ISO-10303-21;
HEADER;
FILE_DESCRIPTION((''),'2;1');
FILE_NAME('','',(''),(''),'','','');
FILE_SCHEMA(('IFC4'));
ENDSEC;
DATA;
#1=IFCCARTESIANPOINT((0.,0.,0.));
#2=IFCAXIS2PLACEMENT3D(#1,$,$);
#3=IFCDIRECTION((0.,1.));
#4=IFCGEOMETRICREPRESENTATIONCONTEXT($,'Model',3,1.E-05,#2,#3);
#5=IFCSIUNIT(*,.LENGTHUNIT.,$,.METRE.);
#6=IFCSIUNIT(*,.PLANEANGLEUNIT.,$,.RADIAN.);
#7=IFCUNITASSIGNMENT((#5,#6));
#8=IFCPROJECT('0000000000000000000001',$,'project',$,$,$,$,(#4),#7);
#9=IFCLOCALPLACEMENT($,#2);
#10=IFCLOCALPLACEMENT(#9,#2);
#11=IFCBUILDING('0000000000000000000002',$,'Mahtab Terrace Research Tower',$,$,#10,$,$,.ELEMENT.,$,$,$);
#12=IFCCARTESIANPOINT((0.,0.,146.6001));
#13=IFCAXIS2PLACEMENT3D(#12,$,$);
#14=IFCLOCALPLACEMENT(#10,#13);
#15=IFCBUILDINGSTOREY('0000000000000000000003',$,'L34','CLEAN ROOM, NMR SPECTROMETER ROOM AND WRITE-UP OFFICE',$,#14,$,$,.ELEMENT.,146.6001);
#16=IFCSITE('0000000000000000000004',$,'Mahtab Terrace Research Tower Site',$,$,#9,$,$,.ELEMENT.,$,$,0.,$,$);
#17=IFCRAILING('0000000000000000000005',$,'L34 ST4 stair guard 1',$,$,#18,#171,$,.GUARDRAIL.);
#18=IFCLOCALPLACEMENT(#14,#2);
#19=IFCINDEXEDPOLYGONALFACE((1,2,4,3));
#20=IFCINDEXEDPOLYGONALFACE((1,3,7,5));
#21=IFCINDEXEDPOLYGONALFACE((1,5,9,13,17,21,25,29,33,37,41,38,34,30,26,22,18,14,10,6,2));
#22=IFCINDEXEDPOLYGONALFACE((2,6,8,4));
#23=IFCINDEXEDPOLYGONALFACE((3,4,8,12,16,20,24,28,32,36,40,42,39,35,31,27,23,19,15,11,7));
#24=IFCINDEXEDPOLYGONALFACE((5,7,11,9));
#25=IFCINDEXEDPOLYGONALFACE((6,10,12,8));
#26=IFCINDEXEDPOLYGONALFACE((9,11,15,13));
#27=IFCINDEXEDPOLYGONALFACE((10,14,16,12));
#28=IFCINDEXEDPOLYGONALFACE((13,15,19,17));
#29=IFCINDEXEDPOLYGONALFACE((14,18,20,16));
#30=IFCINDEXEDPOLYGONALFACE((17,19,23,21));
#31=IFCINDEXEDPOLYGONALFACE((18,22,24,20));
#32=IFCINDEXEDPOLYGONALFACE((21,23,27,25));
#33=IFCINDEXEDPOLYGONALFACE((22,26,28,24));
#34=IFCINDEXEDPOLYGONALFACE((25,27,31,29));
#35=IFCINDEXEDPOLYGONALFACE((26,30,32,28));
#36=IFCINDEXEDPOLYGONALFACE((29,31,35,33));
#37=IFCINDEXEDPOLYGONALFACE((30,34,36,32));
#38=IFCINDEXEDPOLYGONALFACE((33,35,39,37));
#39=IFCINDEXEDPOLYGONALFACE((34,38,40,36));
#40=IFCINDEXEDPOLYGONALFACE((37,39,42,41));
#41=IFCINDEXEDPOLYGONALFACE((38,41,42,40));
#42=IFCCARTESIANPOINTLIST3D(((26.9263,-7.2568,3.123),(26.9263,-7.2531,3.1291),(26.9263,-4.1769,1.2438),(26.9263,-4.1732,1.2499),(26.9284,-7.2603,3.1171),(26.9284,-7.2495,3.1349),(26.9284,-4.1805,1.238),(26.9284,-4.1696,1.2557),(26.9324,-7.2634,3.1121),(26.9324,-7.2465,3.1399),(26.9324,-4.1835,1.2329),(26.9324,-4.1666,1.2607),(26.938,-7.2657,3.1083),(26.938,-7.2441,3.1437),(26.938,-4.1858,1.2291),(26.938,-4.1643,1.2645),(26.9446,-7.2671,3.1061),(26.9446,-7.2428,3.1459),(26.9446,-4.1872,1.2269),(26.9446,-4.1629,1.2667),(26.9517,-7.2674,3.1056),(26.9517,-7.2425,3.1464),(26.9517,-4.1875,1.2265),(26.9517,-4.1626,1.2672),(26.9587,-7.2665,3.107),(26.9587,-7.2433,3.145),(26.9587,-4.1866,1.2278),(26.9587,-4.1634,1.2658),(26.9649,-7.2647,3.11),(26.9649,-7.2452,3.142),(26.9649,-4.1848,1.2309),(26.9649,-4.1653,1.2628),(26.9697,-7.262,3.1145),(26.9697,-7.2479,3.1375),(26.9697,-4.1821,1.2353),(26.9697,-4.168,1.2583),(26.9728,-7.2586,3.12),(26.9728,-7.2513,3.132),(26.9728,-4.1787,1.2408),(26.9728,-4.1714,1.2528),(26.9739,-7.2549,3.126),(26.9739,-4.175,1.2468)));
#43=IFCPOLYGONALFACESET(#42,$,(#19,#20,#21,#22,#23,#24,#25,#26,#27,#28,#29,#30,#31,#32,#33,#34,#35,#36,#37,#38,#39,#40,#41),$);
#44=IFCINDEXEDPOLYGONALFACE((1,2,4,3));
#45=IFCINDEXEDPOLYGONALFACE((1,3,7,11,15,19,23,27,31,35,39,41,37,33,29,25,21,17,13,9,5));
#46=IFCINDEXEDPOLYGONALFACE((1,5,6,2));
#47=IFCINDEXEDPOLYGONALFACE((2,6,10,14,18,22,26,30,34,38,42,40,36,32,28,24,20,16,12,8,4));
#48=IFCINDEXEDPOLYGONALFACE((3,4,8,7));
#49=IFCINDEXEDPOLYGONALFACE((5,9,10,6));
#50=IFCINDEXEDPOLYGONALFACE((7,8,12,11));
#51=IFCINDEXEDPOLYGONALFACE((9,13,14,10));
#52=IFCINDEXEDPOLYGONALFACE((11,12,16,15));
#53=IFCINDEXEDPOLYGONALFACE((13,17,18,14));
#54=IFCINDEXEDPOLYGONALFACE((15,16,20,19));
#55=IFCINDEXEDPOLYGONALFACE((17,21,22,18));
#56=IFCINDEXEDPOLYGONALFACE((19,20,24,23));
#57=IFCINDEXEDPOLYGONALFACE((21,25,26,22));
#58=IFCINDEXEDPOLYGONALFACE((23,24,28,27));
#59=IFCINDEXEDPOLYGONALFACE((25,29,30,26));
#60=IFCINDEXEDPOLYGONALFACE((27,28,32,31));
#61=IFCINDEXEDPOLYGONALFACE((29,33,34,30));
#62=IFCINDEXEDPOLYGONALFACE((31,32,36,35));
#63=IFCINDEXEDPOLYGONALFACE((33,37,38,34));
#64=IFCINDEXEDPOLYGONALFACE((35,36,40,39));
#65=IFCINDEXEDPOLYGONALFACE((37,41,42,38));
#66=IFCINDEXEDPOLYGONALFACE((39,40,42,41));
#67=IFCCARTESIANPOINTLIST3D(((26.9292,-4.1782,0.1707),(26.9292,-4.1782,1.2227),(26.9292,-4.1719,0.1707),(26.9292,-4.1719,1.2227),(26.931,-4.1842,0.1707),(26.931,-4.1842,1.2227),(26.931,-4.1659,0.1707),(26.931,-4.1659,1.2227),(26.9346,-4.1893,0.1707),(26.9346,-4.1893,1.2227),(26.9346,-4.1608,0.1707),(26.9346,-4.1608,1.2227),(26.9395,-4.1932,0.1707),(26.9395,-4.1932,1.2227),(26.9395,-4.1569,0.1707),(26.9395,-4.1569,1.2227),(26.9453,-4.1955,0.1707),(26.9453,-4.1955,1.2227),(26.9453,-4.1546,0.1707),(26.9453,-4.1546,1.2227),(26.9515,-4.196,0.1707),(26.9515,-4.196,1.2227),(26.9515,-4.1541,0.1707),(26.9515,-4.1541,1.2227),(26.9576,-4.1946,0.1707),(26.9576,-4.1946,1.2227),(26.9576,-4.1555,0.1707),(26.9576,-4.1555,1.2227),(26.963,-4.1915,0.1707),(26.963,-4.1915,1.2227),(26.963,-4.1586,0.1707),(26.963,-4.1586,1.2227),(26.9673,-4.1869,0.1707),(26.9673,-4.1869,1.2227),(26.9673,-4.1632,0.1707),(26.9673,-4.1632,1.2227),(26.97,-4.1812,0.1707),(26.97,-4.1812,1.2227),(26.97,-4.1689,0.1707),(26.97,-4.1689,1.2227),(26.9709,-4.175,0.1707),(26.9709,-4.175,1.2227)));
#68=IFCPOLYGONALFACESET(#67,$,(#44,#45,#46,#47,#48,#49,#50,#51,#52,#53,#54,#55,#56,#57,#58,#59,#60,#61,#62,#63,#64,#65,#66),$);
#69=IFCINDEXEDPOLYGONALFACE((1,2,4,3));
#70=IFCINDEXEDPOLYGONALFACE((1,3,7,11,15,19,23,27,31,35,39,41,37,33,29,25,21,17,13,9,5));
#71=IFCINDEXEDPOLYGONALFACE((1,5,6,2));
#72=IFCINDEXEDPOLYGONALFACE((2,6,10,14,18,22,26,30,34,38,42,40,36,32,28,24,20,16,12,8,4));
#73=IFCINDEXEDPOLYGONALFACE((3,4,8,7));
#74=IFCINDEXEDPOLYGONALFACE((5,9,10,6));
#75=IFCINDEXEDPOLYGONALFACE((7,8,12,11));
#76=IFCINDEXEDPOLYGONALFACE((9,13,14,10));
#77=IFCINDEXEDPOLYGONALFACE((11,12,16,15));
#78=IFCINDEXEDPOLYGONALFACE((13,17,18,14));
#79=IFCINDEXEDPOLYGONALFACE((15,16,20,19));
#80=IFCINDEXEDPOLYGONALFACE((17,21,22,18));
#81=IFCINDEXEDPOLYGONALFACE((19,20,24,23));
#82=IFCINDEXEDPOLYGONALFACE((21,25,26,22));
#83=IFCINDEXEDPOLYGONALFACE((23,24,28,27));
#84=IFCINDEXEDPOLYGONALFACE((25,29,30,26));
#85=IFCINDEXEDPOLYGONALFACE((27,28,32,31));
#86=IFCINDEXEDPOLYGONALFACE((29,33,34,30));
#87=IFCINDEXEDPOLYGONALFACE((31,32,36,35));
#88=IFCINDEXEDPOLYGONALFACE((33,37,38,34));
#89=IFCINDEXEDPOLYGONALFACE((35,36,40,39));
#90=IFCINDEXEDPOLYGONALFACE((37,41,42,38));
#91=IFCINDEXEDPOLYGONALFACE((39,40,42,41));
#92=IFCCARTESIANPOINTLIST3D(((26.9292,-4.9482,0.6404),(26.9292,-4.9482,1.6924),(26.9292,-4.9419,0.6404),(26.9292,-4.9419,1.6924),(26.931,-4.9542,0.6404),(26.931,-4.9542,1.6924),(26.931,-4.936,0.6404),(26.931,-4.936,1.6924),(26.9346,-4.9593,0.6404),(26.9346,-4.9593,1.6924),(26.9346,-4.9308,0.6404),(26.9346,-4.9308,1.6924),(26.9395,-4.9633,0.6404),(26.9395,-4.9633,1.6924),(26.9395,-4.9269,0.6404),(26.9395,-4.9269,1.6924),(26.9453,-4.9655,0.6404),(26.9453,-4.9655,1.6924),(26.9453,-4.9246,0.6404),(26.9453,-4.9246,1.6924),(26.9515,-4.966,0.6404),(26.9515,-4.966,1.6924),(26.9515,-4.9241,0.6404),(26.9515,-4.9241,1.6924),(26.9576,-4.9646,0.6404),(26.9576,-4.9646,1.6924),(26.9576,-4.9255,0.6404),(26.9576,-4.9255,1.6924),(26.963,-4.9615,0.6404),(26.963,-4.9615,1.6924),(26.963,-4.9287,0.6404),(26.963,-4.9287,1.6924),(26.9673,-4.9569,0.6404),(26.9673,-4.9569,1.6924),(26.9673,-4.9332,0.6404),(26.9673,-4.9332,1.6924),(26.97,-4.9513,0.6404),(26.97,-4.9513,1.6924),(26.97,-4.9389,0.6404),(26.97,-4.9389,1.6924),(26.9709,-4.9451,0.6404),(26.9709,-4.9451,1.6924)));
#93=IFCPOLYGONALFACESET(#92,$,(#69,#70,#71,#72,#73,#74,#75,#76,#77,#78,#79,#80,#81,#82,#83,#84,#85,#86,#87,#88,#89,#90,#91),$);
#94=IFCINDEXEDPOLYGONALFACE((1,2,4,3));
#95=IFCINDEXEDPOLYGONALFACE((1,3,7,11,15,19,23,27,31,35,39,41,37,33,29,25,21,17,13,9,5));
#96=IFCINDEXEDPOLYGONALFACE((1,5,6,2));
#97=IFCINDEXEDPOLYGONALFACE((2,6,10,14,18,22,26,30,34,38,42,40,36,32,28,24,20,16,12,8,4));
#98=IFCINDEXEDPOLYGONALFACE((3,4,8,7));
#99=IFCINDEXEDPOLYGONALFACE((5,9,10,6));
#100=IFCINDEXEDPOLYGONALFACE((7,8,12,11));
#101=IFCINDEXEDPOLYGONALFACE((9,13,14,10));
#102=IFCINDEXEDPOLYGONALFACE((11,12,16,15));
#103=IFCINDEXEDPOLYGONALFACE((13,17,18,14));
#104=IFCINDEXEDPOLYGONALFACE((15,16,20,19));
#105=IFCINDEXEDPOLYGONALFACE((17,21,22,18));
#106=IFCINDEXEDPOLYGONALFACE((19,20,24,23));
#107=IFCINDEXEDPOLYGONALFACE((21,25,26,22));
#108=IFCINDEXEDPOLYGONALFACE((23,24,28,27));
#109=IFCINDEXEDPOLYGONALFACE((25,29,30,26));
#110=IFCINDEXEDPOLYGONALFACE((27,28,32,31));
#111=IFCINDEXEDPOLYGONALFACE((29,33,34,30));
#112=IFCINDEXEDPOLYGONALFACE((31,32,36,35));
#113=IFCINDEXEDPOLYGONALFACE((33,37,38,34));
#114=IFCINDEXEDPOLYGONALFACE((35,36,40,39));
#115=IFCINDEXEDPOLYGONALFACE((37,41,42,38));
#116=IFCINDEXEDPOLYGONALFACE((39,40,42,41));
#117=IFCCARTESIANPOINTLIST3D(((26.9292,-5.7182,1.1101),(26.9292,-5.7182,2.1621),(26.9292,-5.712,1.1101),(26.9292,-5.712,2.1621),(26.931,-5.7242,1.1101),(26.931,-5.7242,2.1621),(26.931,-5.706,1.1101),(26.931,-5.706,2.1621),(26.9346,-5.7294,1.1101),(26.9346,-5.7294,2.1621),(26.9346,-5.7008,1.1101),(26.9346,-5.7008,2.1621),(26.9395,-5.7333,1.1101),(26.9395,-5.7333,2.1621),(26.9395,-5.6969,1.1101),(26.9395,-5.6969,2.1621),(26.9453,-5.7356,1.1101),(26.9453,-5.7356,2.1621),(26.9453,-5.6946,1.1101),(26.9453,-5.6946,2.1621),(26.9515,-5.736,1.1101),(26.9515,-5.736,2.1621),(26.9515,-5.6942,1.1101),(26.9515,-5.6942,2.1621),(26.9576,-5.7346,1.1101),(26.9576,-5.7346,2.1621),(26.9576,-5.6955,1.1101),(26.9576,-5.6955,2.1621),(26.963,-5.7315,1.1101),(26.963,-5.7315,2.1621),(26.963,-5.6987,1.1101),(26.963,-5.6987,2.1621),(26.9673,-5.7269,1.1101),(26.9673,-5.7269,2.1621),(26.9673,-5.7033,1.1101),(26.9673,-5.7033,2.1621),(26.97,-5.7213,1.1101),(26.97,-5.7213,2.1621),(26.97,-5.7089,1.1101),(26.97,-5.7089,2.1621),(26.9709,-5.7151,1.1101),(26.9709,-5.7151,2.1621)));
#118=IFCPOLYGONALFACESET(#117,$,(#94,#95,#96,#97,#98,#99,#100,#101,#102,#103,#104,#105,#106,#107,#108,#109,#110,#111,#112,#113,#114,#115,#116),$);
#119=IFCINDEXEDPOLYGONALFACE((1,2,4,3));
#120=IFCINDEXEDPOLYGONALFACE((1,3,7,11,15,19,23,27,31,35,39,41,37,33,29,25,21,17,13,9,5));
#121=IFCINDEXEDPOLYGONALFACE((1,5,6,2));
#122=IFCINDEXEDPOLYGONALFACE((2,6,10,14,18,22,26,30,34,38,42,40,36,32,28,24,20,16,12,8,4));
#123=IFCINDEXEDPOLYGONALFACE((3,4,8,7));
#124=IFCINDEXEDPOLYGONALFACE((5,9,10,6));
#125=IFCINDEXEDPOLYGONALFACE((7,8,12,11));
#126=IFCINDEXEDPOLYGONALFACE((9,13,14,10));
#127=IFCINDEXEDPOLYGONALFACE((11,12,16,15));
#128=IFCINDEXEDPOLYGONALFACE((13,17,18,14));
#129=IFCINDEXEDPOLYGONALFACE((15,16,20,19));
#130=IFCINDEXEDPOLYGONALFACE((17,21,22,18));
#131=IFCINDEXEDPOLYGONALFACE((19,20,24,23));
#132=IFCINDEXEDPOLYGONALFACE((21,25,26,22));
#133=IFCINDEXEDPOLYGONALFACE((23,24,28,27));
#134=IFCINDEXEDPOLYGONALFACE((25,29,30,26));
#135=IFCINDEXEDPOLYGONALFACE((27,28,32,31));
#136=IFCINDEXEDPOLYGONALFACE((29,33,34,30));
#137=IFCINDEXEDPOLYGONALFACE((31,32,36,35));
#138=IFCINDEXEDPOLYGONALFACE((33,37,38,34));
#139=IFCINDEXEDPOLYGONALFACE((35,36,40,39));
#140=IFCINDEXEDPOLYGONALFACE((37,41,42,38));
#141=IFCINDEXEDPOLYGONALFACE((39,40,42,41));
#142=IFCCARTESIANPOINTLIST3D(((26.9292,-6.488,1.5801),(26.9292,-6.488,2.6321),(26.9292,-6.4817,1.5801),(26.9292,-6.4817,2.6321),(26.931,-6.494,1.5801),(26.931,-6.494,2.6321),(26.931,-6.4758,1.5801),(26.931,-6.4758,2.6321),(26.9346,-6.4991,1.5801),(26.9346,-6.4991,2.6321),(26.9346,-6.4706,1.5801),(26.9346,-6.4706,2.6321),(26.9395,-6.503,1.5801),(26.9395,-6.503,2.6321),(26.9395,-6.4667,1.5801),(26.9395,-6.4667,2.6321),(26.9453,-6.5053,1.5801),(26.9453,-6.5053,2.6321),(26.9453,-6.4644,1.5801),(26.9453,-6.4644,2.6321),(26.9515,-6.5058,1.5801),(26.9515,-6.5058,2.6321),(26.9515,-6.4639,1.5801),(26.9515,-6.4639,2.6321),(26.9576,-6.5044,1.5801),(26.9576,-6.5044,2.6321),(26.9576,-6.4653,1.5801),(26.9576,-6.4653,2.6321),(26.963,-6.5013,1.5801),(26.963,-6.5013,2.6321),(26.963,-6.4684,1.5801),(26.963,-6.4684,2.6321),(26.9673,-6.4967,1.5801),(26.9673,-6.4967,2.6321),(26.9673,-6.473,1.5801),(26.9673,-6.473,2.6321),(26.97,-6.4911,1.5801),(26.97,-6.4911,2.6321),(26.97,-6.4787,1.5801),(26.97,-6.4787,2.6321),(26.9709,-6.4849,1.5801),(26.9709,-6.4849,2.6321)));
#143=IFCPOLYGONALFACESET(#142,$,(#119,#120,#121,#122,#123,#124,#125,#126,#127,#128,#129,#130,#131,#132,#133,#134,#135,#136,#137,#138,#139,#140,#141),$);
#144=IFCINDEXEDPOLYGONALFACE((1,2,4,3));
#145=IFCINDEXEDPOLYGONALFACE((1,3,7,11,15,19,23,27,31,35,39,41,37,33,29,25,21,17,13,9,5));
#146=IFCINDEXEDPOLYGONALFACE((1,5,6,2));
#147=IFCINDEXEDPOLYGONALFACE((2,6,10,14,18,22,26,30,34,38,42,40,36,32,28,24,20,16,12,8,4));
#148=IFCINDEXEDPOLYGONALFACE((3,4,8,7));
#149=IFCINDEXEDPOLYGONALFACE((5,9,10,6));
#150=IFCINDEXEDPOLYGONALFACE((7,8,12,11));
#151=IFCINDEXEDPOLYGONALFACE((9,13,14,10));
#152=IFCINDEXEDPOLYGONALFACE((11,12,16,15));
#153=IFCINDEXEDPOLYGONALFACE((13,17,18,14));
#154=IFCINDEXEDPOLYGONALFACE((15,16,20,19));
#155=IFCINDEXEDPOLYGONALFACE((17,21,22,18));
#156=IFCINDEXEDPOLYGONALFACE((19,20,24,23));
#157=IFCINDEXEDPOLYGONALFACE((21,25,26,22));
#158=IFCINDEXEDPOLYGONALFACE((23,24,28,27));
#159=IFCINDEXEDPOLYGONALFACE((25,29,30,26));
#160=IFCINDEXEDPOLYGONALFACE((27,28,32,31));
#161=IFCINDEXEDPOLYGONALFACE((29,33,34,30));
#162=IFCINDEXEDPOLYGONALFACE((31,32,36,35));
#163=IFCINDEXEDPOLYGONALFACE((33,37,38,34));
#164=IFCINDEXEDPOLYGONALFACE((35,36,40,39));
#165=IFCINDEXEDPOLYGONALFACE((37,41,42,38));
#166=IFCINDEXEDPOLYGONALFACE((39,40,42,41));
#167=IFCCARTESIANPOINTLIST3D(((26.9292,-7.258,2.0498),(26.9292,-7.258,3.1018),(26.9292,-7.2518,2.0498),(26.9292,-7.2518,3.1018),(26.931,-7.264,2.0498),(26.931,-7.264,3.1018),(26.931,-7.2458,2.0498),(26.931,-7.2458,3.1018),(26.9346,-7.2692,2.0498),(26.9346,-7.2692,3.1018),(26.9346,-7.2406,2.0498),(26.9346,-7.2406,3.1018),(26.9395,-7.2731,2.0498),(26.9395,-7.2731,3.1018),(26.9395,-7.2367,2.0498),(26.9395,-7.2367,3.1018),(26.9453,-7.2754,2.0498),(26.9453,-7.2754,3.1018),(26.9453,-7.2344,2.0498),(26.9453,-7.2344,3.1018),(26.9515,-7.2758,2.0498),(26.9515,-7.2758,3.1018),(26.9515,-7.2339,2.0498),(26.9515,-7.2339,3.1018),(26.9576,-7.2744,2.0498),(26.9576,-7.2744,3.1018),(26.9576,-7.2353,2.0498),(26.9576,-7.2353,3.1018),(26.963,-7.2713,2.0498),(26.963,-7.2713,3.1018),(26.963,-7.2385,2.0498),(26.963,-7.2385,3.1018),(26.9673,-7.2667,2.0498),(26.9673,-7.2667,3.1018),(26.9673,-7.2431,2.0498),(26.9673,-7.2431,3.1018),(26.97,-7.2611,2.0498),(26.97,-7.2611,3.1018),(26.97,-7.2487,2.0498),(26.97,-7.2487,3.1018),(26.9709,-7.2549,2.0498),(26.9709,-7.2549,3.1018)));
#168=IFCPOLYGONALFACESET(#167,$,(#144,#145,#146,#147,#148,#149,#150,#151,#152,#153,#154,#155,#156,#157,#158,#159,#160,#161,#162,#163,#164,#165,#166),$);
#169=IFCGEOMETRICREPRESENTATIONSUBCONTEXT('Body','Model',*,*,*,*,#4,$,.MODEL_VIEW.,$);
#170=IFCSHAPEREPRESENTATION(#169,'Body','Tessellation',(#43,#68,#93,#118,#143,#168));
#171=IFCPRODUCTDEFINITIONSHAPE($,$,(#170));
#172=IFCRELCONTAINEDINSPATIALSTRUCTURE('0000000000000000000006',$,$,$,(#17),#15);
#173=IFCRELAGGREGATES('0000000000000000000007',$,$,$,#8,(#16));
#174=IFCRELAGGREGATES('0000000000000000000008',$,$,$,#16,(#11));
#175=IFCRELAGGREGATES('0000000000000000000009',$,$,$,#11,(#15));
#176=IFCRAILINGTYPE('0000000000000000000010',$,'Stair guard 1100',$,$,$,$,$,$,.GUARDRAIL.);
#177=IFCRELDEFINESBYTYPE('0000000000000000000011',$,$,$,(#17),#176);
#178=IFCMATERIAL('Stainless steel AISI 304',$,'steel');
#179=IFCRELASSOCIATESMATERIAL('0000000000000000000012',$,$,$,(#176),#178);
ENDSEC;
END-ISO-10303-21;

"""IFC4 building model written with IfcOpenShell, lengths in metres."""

from ifc_helpers import new_model, si_unit, direction, frame, origin, origin_2d, place, context, subcontext, project, spatial, circle, extrude, material, type_object, element, save


model = new_model("IFC4")

# Units and contexts
model_context = context("Model", 3, precision=1e-05, world=origin(), true_north=direction((0.0, 1.0)))
body_context = subcontext(model_context, "Body", "Model", "MODEL_VIEW")
ifc_project = project(units=[si_unit("LENGTHUNIT", "METRE"), si_unit("PLANEANGLEUNIT", "RADIAN")], contexts=[model_context])

# Site, building, storey
site_placement = place(None, origin())
site = spatial("IfcSite", under=ifc_project, at=site_placement, Name="Mahtab Terrace Research Tower Site", CompositionType="ELEMENT", RefElevation=0.0)
building_placement = place(site_placement, origin())
building = spatial("IfcBuilding", under=site, at=building_placement, Name="Mahtab Terrace Research Tower", CompositionType="ELEMENT")
storey_placement = place(building_placement, frame((0.0, 0.0, 146.6001)))
storey = spatial("IfcBuildingStorey", under=building, at=storey_placement, Name="L34", Description="CLEAN ROOM, NMR SPECTROMETER ROOM AND WRITE-UP OFFICE", CompositionType="ELEMENT", Elevation=146.6001)

# Railing
ifc_material_1 = material(Name="Stainless steel AISI 304", Category="steel")
railing_type_1 = type_object("IfcRailingType", Name="Stair guard 1100", PredefinedType="GUARDRAIL", material=ifc_material_1)
railing_1_placement = place(storey_placement, frame((26.95, -4.175, 0.1707)))
element("IfcRailing", 1, at=railing_1_placement, inside=storey, type_object=railing_type_1, Name="L34 ST4 stair guard 1", PredefinedType="GUARDRAIL", context=body_context, shape_type="SweptSolid", body=[
    extrude(circle(Radius=0.0239, at=origin_2d()), frame((0.0, 0.0, 1.0762), z_axis=(0.0, -0.853648, 0.52085), x_axis=(1.0, 0.0, 0.0)), (0.0, 0.0, 1.0), 3.6079),
    extrude(circle(Radius=0.021, at=origin_2d()), origin(), (0.0, 0.0, 1.0), 1.052),
    extrude(circle(Radius=0.021, at=origin_2d()), frame((0.0, -0.77, 0.4697)), (0.0, 0.0, 1.0), 1.052),
    extrude(circle(Radius=0.021, at=origin_2d()), frame((0.0, -1.54, 0.9395)), (0.0, 0.0, 1.0), 1.052),
    extrude(circle(Radius=0.021, at=origin_2d()), frame((0.0, -2.3098, 1.4094)), (0.0, 0.0, 1.0), 1.052),
    extrude(circle(Radius=0.021, at=origin_2d()), frame((0.0, -3.0798, 1.8792)), (0.0, 0.0, 1.0), 1.052),
])

save(model, "model.ifc")
